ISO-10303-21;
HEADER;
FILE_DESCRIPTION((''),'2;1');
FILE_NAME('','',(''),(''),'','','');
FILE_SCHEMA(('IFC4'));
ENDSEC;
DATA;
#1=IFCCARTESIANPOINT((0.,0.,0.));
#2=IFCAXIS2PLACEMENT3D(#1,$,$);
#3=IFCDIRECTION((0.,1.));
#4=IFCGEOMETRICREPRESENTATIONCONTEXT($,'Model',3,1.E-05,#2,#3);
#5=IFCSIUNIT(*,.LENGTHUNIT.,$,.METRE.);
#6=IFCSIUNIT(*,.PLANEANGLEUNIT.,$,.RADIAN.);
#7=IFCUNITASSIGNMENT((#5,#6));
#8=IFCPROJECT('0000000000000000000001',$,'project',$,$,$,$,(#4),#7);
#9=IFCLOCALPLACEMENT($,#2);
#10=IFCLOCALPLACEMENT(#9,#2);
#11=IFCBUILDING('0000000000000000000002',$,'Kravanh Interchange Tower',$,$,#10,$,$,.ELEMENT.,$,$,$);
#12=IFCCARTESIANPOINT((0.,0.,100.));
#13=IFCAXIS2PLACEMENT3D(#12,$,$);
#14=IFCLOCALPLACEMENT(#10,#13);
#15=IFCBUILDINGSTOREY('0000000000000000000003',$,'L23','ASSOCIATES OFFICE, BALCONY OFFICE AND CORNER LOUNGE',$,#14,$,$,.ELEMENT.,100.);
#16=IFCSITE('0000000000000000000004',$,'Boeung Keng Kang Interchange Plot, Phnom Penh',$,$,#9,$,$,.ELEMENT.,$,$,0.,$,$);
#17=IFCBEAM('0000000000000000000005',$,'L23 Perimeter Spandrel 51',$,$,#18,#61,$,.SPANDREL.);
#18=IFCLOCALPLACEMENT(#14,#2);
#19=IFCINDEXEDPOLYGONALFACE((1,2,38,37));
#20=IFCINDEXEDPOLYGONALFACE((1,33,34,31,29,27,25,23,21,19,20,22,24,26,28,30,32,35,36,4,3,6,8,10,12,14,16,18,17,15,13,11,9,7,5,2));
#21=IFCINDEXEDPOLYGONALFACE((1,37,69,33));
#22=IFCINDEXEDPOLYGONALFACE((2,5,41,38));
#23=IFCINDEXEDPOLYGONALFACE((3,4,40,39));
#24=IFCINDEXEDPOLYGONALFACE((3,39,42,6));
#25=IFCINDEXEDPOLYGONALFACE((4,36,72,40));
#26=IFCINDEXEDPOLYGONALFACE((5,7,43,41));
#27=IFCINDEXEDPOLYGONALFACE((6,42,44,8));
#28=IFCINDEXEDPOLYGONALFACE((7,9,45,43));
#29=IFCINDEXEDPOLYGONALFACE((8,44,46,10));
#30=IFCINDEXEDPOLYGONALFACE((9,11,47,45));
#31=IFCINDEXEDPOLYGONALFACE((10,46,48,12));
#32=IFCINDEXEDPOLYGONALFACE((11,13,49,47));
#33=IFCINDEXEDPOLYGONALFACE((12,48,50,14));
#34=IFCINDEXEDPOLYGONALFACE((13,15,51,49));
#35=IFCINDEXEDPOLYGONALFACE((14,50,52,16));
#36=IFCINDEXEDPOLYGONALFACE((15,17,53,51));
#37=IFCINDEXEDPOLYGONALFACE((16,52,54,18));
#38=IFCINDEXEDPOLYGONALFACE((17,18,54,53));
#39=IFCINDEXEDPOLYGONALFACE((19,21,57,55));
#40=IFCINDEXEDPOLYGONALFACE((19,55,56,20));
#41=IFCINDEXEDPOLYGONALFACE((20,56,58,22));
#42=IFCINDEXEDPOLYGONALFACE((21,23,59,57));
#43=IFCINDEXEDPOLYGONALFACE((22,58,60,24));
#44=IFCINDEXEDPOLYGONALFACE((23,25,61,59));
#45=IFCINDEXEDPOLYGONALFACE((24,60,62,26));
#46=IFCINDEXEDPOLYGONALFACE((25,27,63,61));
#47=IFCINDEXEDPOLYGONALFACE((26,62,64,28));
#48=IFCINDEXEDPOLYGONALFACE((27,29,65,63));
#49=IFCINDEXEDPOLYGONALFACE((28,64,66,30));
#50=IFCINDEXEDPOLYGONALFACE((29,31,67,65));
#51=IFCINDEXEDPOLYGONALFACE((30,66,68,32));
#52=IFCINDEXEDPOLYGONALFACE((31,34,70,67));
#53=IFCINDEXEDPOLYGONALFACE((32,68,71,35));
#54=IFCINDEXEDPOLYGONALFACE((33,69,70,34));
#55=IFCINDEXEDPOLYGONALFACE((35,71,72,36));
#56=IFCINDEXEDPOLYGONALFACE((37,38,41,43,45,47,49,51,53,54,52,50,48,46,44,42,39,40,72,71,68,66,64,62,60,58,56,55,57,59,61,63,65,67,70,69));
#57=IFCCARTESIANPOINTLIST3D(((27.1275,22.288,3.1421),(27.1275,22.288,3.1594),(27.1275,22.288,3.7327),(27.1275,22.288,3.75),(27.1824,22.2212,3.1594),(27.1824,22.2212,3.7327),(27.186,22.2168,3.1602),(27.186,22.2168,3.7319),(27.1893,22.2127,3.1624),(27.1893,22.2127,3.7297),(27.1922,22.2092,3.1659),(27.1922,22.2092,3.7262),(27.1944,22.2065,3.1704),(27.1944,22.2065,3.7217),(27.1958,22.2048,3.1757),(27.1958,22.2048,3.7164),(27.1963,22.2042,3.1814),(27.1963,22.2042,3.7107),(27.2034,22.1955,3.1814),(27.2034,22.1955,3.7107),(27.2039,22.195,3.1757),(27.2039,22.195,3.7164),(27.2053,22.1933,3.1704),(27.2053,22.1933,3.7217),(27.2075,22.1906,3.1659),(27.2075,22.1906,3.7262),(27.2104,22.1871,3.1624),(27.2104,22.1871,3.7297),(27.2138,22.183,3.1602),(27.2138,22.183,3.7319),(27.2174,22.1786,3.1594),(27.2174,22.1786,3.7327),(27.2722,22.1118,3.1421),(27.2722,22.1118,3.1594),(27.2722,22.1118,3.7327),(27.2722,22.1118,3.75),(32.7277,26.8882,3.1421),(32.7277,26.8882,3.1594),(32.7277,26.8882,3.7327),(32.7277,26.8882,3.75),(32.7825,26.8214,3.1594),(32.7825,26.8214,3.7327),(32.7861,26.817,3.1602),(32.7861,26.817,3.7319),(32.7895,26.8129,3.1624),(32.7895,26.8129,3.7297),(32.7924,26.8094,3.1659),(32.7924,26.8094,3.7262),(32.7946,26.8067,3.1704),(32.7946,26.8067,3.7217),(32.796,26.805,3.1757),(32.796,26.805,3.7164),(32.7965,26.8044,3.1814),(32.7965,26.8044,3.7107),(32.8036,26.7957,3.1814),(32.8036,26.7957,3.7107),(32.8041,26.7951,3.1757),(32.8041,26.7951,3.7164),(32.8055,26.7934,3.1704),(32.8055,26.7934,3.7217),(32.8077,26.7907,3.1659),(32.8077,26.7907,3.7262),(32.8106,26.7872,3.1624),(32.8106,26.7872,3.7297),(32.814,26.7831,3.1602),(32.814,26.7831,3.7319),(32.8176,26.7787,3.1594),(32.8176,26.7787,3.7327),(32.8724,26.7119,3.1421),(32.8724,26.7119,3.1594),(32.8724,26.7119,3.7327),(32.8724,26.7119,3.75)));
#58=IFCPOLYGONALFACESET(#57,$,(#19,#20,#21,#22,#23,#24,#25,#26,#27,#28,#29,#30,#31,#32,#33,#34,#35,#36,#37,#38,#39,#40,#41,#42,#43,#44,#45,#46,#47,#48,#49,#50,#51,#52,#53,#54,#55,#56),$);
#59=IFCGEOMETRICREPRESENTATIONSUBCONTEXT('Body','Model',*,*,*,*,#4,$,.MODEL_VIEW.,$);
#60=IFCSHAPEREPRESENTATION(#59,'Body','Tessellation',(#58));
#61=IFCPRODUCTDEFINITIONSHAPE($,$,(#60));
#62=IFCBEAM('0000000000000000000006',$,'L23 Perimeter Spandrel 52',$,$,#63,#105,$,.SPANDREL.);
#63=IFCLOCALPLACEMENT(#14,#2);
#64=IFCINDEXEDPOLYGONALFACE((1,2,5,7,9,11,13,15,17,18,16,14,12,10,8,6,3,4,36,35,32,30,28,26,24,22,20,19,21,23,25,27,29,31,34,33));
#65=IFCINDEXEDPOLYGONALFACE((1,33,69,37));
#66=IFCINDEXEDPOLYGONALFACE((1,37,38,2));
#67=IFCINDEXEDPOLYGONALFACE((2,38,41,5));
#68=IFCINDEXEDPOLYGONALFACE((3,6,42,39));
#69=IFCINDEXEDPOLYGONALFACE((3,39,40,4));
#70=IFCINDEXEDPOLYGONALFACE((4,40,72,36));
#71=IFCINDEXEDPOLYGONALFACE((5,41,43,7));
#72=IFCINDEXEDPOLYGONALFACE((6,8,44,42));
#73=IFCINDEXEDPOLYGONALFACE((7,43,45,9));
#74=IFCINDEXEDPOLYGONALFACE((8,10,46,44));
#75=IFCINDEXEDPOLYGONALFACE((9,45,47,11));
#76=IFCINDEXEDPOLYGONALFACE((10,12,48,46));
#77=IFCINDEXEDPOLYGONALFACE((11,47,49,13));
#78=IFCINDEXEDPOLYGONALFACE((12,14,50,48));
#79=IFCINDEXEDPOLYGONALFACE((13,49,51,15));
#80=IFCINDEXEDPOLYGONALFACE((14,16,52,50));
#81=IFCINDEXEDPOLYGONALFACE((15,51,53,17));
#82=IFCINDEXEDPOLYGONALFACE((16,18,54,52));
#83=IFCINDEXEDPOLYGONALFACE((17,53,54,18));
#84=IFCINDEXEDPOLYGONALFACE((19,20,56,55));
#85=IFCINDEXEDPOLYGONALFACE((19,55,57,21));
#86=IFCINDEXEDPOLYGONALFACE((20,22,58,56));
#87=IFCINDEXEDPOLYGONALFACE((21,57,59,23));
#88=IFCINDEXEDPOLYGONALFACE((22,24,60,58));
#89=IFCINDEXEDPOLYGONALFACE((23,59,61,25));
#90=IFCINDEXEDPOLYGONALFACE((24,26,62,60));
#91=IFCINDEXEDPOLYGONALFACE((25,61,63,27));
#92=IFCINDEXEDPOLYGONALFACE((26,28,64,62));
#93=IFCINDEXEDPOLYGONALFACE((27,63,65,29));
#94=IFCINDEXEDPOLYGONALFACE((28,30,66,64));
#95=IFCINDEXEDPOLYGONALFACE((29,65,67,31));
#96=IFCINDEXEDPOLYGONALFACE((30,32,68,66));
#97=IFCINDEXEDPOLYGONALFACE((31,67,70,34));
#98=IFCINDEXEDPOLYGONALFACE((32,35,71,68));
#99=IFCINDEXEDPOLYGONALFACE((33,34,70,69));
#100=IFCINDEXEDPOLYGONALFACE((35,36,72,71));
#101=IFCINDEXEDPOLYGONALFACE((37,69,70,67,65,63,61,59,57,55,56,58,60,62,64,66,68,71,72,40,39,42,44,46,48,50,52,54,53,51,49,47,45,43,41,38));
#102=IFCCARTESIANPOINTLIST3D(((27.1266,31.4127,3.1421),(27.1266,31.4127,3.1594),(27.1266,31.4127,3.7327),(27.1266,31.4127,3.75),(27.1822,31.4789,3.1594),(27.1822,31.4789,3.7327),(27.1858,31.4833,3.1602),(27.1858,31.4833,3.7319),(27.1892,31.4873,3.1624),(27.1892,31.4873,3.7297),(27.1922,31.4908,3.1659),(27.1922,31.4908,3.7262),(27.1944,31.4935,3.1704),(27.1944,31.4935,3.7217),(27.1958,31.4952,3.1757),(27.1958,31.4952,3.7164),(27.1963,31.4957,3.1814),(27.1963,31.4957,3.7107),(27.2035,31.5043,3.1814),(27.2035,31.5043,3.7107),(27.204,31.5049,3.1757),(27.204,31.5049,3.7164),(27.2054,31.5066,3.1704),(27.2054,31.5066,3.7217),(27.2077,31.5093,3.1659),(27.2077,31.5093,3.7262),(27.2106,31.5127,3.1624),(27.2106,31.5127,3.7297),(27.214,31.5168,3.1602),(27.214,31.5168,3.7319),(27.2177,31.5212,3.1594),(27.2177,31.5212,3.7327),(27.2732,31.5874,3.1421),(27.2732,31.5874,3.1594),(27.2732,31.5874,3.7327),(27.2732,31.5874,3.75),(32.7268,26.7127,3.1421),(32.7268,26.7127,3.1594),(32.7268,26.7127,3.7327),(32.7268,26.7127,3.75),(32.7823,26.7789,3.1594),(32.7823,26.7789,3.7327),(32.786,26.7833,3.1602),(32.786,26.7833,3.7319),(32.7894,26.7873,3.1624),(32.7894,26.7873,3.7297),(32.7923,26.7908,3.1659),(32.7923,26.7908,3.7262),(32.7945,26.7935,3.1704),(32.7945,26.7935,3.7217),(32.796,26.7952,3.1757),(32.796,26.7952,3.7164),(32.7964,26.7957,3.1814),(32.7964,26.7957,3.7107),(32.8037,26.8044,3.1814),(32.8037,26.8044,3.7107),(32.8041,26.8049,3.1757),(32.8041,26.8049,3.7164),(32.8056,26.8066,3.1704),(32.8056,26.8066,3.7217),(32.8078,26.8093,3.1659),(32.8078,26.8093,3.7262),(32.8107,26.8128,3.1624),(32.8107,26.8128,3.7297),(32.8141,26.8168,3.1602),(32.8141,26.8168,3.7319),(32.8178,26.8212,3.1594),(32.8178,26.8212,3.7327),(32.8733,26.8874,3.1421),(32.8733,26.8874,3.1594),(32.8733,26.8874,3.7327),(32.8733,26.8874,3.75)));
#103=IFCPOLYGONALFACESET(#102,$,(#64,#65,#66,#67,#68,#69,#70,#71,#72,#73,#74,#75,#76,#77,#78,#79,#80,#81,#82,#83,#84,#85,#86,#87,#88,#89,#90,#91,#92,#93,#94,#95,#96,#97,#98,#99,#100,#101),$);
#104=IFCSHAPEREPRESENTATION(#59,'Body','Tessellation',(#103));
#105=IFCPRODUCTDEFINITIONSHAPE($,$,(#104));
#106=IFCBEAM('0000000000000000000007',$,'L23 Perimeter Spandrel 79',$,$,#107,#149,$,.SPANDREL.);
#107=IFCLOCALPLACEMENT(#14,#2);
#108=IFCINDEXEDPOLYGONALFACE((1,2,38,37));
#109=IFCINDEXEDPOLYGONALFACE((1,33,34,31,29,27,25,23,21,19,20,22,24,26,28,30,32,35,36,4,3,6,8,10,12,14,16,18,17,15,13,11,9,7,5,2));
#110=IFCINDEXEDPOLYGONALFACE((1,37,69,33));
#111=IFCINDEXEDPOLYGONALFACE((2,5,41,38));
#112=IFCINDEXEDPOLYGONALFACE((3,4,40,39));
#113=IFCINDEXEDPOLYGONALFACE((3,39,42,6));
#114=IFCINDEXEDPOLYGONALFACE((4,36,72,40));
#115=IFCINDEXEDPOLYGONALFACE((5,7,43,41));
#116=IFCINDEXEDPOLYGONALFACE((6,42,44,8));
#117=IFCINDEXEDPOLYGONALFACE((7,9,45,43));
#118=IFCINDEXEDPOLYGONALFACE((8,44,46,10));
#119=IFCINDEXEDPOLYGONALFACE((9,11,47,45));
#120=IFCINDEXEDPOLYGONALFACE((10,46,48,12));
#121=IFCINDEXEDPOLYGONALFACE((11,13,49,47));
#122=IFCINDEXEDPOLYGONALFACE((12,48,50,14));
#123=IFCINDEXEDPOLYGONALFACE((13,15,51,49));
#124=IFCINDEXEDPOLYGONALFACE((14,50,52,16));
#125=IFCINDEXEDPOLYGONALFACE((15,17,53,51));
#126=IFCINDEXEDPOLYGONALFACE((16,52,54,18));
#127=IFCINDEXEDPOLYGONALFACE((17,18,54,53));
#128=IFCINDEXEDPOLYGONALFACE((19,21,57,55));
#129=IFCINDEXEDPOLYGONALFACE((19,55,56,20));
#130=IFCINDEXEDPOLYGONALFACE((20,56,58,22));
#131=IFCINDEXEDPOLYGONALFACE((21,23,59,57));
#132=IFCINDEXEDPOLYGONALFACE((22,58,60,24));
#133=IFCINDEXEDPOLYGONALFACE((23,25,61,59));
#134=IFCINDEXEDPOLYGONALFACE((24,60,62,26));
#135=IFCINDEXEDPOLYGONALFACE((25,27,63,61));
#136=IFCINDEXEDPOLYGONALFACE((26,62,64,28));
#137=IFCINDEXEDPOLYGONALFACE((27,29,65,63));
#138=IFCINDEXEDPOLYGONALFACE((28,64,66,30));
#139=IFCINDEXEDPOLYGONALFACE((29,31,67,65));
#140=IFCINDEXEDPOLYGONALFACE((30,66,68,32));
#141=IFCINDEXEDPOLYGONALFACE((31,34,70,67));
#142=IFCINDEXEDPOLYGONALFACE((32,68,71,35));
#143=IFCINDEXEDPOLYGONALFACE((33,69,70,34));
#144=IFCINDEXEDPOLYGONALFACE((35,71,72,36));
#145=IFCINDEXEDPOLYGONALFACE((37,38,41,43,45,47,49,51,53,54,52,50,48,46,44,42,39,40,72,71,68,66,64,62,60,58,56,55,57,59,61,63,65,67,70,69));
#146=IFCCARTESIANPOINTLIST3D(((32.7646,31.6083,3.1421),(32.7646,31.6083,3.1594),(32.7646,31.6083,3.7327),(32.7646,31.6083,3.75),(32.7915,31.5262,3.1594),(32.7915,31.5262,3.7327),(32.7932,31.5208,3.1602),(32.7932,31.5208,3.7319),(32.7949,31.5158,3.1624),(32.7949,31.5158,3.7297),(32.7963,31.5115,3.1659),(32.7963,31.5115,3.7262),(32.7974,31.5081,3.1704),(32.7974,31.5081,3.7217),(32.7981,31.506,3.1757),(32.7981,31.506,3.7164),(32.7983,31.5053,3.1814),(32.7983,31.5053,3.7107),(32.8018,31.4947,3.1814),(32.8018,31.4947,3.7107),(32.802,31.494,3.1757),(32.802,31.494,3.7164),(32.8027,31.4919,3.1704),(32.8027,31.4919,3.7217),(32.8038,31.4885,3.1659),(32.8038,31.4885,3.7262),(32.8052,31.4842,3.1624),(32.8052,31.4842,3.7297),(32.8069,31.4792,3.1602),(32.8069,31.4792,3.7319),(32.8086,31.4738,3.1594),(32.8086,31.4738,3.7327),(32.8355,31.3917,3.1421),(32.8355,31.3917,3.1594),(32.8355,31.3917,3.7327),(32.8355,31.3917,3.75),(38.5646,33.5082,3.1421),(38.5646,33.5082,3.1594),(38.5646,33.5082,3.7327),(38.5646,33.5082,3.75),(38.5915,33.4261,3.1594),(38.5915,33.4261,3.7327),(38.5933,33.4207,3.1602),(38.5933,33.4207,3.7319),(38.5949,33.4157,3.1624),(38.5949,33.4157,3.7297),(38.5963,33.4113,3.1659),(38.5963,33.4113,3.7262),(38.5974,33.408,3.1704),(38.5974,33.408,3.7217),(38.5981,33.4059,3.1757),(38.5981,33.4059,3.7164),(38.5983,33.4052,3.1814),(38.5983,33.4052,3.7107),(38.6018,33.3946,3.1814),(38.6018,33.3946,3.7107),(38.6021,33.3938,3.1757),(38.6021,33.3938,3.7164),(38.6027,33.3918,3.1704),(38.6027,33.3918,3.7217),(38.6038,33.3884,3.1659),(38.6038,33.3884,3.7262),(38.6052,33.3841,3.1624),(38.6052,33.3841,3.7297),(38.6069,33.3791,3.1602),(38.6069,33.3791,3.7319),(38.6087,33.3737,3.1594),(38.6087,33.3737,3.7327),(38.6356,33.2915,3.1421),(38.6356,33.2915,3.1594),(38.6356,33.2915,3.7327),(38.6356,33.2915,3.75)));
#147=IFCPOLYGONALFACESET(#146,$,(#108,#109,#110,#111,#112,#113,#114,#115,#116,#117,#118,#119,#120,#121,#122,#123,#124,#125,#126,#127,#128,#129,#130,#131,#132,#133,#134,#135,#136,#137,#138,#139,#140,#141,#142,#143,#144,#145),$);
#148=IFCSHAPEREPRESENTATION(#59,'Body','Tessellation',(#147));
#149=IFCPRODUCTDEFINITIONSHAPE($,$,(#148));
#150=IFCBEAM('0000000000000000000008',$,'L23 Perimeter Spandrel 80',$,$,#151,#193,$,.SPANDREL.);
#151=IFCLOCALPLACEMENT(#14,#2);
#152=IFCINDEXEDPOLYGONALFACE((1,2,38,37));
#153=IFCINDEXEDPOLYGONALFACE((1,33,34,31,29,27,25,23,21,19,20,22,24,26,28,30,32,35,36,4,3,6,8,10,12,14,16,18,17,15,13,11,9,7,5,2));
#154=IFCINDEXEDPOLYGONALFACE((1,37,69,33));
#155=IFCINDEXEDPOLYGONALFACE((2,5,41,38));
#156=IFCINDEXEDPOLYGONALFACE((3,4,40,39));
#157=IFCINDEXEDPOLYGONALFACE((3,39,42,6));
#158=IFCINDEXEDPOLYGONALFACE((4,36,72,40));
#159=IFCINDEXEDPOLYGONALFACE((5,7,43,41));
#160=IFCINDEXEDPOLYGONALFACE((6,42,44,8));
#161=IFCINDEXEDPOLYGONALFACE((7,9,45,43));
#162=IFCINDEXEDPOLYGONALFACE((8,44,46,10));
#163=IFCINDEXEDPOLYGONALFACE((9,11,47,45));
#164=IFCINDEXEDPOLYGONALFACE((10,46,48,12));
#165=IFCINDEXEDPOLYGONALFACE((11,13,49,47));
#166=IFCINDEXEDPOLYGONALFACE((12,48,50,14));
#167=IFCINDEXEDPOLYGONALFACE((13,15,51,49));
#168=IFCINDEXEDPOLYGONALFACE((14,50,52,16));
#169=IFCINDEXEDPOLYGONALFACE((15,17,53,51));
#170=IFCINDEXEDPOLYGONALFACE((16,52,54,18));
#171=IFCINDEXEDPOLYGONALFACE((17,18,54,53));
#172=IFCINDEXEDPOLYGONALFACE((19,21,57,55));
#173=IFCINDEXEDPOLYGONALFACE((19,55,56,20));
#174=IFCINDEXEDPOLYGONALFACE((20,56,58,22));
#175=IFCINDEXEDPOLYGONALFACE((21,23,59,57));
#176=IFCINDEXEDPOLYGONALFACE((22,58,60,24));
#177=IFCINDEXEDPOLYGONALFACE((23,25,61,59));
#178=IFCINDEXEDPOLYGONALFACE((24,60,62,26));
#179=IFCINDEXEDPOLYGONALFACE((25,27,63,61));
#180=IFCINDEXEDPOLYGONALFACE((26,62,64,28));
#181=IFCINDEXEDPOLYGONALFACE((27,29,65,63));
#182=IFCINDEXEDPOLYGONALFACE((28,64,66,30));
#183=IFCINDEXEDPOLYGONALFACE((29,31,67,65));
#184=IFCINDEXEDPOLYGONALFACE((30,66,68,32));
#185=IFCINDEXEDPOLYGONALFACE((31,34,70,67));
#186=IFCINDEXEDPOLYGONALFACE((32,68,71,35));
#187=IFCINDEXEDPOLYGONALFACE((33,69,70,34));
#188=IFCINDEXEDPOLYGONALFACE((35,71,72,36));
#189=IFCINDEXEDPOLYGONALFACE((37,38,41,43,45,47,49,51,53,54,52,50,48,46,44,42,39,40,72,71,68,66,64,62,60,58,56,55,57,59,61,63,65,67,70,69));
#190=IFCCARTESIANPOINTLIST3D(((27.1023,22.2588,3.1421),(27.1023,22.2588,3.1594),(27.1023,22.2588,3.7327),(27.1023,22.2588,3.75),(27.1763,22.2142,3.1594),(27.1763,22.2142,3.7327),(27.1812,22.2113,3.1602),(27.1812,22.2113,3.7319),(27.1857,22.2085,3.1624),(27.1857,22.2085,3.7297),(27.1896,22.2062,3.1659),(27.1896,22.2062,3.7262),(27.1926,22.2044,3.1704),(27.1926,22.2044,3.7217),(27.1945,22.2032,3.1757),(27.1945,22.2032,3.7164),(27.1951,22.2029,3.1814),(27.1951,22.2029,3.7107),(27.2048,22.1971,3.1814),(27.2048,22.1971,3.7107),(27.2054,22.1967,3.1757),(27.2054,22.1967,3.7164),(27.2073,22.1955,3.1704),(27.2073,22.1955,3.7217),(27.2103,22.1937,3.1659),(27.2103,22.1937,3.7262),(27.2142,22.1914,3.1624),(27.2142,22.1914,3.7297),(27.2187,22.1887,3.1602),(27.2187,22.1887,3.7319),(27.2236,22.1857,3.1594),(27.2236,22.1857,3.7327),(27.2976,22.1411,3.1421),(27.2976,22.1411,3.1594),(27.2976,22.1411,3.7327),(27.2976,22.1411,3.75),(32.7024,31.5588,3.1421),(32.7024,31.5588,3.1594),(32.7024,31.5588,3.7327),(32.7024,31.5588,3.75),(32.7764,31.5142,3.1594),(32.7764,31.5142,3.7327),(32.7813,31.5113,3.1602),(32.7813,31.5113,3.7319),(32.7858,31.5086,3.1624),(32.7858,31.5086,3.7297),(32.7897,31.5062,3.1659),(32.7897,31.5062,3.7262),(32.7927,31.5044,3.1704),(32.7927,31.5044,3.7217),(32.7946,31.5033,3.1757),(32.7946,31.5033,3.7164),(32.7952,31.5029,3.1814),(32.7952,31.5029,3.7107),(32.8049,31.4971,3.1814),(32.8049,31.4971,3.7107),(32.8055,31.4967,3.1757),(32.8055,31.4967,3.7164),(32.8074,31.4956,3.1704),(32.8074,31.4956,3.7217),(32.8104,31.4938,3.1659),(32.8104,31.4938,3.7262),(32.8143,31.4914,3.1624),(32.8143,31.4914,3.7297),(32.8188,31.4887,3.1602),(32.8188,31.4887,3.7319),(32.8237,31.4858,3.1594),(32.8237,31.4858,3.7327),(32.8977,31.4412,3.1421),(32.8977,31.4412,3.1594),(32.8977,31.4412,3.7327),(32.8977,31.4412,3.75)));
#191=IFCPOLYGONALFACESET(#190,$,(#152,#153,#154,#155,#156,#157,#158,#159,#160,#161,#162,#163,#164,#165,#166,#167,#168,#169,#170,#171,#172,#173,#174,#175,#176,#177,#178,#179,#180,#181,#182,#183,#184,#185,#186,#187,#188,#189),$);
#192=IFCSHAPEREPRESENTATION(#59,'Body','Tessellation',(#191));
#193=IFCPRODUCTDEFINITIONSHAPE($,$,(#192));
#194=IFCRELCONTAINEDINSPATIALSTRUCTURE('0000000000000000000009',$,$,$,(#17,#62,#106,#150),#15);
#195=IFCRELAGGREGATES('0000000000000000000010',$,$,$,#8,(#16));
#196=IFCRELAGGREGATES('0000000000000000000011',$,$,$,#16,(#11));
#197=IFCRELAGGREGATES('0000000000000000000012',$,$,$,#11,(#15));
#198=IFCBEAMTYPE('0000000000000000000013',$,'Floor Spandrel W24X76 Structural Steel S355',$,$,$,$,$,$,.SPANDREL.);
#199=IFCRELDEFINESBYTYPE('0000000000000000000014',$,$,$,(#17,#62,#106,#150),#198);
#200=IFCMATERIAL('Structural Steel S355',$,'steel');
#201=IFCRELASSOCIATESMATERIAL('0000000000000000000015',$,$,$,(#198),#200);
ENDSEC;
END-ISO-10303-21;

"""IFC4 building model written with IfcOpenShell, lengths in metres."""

from ifc_helpers import new_model, si_unit, direction, frame, origin, origin_2d, place, context, subcontext, project, spatial, i_section, extrude, material, material_profile, profile_set, type_object, element, save


model = new_model("IFC4")

# Units and contexts
model_context = context("Model", 3, precision=1e-05, world=origin(), true_north=direction((0.0, 1.0)))
body_context = subcontext(model_context, "Body", "Model", "MODEL_VIEW")
ifc_project = project(units=[si_unit("LENGTHUNIT", "METRE"), si_unit("PLANEANGLEUNIT", "RADIAN")], contexts=[model_context])

# Site, building, storey
site_placement = place(None, origin())
site = spatial("IfcSite", under=ifc_project, at=site_placement, Name="Boeung Keng Kang Interchange Plot, Phnom Penh", CompositionType="ELEMENT", RefElevation=0.0)
building_placement = place(site_placement, origin())
building = spatial("IfcBuilding", under=site, at=building_placement, Name="Kravanh Interchange Tower", CompositionType="ELEMENT")
storey_placement = place(building_placement, frame((0.0, 0.0, 100.0)))
storey = spatial("IfcBuildingStorey", under=building, at=storey_placement, Name="L23", Description="ASSOCIATES OFFICE, BALCONY OFFICE AND CORNER LOUNGE", CompositionType="ELEMENT", Elevation=100.0)

# Beams
ifc_material_1 = material(Name="Structural Steel S355", Category="steel")
ifc_material_profile_1 = material_profile(ifc_material_1, i_section(OverallWidth=0.228, OverallDepth=0.6079, WebThickness=0.0112, FlangeThickness=0.0173, FilletRadius=0.022, at=origin_2d()), Name="W24X76")
ifc_profile_set_1 = profile_set([ifc_material_profile_1], Name="Structural Steel S355")
beam_type_1 = type_object("IfcBeamType", Name="Floor Spandrel W24X76 Structural Steel S355", PredefinedType="SPANDREL", material=ifc_profile_set_1)
beam_1_placement = place(storey_placement, frame((32.8, 26.8, 3.446), z_axis=(-0.772725, -0.634741, 0.0), x_axis=(0.634741, -0.772725, 0.0)))
element("IfcBeam", 1, at=beam_1_placement, inside=storey, type_object=beam_type_1, Name="L23 Perimeter Spandrel 51", PredefinedType="SPANDREL", context=body_context, shape_type="SweptSolid", body=[
    extrude(i_section(OverallWidth=0.228, OverallDepth=0.6079, WebThickness=0.0112, FlangeThickness=0.0173, FilletRadius=0.022, at=origin_2d()), origin(), (0.0, 0.0, 1.0), 7.2473),
])
beam_2_placement = place(storey_placement, frame((32.8, 26.8, 3.446), z_axis=(-0.765983, 0.642861, 0.0), x_axis=(-0.642861, -0.765983, 0.0)))
element("IfcBeam", 2, at=beam_2_placement, inside=storey, type_object=beam_type_1, Name="L23 Perimeter Spandrel 52", PredefinedType="SPANDREL", context=body_context, shape_type="SweptSolid", body=[
    extrude(i_section(OverallWidth=0.228, OverallDepth=0.6079, WebThickness=0.0112, FlangeThickness=0.0173, FilletRadius=0.022, at=origin_2d()), origin(), (0.0, 0.0, 1.0), 7.311),
])
beam_3_placement = place(storey_placement, frame((32.8, 31.5, 3.446), z_axis=(0.950315, 0.311291, 0.0), x_axis=(-0.311291, 0.950315, 0.0)))
element("IfcBeam", 3, at=beam_3_placement, inside=storey, type_object=beam_type_1, Name="L23 Perimeter Spandrel 79", PredefinedType="SPANDREL", context=body_context, shape_type="SweptSolid", body=[
    extrude(i_section(OverallWidth=0.228, OverallDepth=0.6079, WebThickness=0.0112, FlangeThickness=0.0173, FilletRadius=0.022, at=origin_2d()), origin(), (0.0, 0.0, 1.0), 6.1033),
])
beam_4_placement = place(storey_placement, frame((32.8, 31.5, 3.446), z_axis=(-0.515854, -0.856676, 0.0), x_axis=(0.856676, -0.515854, 0.0)))
element("IfcBeam", 4, at=beam_4_placement, inside=storey, type_object=beam_type_1, Name="L23 Perimeter Spandrel 80", PredefinedType="SPANDREL", context=body_context, shape_type="SweptSolid", body=[
    extrude(i_section(OverallWidth=0.228, OverallDepth=0.6079, WebThickness=0.0112, FlangeThickness=0.0173, FilletRadius=0.022, at=origin_2d()), origin(), (0.0, 0.0, 1.0), 10.856),
])

save(model, "model.ifc")
